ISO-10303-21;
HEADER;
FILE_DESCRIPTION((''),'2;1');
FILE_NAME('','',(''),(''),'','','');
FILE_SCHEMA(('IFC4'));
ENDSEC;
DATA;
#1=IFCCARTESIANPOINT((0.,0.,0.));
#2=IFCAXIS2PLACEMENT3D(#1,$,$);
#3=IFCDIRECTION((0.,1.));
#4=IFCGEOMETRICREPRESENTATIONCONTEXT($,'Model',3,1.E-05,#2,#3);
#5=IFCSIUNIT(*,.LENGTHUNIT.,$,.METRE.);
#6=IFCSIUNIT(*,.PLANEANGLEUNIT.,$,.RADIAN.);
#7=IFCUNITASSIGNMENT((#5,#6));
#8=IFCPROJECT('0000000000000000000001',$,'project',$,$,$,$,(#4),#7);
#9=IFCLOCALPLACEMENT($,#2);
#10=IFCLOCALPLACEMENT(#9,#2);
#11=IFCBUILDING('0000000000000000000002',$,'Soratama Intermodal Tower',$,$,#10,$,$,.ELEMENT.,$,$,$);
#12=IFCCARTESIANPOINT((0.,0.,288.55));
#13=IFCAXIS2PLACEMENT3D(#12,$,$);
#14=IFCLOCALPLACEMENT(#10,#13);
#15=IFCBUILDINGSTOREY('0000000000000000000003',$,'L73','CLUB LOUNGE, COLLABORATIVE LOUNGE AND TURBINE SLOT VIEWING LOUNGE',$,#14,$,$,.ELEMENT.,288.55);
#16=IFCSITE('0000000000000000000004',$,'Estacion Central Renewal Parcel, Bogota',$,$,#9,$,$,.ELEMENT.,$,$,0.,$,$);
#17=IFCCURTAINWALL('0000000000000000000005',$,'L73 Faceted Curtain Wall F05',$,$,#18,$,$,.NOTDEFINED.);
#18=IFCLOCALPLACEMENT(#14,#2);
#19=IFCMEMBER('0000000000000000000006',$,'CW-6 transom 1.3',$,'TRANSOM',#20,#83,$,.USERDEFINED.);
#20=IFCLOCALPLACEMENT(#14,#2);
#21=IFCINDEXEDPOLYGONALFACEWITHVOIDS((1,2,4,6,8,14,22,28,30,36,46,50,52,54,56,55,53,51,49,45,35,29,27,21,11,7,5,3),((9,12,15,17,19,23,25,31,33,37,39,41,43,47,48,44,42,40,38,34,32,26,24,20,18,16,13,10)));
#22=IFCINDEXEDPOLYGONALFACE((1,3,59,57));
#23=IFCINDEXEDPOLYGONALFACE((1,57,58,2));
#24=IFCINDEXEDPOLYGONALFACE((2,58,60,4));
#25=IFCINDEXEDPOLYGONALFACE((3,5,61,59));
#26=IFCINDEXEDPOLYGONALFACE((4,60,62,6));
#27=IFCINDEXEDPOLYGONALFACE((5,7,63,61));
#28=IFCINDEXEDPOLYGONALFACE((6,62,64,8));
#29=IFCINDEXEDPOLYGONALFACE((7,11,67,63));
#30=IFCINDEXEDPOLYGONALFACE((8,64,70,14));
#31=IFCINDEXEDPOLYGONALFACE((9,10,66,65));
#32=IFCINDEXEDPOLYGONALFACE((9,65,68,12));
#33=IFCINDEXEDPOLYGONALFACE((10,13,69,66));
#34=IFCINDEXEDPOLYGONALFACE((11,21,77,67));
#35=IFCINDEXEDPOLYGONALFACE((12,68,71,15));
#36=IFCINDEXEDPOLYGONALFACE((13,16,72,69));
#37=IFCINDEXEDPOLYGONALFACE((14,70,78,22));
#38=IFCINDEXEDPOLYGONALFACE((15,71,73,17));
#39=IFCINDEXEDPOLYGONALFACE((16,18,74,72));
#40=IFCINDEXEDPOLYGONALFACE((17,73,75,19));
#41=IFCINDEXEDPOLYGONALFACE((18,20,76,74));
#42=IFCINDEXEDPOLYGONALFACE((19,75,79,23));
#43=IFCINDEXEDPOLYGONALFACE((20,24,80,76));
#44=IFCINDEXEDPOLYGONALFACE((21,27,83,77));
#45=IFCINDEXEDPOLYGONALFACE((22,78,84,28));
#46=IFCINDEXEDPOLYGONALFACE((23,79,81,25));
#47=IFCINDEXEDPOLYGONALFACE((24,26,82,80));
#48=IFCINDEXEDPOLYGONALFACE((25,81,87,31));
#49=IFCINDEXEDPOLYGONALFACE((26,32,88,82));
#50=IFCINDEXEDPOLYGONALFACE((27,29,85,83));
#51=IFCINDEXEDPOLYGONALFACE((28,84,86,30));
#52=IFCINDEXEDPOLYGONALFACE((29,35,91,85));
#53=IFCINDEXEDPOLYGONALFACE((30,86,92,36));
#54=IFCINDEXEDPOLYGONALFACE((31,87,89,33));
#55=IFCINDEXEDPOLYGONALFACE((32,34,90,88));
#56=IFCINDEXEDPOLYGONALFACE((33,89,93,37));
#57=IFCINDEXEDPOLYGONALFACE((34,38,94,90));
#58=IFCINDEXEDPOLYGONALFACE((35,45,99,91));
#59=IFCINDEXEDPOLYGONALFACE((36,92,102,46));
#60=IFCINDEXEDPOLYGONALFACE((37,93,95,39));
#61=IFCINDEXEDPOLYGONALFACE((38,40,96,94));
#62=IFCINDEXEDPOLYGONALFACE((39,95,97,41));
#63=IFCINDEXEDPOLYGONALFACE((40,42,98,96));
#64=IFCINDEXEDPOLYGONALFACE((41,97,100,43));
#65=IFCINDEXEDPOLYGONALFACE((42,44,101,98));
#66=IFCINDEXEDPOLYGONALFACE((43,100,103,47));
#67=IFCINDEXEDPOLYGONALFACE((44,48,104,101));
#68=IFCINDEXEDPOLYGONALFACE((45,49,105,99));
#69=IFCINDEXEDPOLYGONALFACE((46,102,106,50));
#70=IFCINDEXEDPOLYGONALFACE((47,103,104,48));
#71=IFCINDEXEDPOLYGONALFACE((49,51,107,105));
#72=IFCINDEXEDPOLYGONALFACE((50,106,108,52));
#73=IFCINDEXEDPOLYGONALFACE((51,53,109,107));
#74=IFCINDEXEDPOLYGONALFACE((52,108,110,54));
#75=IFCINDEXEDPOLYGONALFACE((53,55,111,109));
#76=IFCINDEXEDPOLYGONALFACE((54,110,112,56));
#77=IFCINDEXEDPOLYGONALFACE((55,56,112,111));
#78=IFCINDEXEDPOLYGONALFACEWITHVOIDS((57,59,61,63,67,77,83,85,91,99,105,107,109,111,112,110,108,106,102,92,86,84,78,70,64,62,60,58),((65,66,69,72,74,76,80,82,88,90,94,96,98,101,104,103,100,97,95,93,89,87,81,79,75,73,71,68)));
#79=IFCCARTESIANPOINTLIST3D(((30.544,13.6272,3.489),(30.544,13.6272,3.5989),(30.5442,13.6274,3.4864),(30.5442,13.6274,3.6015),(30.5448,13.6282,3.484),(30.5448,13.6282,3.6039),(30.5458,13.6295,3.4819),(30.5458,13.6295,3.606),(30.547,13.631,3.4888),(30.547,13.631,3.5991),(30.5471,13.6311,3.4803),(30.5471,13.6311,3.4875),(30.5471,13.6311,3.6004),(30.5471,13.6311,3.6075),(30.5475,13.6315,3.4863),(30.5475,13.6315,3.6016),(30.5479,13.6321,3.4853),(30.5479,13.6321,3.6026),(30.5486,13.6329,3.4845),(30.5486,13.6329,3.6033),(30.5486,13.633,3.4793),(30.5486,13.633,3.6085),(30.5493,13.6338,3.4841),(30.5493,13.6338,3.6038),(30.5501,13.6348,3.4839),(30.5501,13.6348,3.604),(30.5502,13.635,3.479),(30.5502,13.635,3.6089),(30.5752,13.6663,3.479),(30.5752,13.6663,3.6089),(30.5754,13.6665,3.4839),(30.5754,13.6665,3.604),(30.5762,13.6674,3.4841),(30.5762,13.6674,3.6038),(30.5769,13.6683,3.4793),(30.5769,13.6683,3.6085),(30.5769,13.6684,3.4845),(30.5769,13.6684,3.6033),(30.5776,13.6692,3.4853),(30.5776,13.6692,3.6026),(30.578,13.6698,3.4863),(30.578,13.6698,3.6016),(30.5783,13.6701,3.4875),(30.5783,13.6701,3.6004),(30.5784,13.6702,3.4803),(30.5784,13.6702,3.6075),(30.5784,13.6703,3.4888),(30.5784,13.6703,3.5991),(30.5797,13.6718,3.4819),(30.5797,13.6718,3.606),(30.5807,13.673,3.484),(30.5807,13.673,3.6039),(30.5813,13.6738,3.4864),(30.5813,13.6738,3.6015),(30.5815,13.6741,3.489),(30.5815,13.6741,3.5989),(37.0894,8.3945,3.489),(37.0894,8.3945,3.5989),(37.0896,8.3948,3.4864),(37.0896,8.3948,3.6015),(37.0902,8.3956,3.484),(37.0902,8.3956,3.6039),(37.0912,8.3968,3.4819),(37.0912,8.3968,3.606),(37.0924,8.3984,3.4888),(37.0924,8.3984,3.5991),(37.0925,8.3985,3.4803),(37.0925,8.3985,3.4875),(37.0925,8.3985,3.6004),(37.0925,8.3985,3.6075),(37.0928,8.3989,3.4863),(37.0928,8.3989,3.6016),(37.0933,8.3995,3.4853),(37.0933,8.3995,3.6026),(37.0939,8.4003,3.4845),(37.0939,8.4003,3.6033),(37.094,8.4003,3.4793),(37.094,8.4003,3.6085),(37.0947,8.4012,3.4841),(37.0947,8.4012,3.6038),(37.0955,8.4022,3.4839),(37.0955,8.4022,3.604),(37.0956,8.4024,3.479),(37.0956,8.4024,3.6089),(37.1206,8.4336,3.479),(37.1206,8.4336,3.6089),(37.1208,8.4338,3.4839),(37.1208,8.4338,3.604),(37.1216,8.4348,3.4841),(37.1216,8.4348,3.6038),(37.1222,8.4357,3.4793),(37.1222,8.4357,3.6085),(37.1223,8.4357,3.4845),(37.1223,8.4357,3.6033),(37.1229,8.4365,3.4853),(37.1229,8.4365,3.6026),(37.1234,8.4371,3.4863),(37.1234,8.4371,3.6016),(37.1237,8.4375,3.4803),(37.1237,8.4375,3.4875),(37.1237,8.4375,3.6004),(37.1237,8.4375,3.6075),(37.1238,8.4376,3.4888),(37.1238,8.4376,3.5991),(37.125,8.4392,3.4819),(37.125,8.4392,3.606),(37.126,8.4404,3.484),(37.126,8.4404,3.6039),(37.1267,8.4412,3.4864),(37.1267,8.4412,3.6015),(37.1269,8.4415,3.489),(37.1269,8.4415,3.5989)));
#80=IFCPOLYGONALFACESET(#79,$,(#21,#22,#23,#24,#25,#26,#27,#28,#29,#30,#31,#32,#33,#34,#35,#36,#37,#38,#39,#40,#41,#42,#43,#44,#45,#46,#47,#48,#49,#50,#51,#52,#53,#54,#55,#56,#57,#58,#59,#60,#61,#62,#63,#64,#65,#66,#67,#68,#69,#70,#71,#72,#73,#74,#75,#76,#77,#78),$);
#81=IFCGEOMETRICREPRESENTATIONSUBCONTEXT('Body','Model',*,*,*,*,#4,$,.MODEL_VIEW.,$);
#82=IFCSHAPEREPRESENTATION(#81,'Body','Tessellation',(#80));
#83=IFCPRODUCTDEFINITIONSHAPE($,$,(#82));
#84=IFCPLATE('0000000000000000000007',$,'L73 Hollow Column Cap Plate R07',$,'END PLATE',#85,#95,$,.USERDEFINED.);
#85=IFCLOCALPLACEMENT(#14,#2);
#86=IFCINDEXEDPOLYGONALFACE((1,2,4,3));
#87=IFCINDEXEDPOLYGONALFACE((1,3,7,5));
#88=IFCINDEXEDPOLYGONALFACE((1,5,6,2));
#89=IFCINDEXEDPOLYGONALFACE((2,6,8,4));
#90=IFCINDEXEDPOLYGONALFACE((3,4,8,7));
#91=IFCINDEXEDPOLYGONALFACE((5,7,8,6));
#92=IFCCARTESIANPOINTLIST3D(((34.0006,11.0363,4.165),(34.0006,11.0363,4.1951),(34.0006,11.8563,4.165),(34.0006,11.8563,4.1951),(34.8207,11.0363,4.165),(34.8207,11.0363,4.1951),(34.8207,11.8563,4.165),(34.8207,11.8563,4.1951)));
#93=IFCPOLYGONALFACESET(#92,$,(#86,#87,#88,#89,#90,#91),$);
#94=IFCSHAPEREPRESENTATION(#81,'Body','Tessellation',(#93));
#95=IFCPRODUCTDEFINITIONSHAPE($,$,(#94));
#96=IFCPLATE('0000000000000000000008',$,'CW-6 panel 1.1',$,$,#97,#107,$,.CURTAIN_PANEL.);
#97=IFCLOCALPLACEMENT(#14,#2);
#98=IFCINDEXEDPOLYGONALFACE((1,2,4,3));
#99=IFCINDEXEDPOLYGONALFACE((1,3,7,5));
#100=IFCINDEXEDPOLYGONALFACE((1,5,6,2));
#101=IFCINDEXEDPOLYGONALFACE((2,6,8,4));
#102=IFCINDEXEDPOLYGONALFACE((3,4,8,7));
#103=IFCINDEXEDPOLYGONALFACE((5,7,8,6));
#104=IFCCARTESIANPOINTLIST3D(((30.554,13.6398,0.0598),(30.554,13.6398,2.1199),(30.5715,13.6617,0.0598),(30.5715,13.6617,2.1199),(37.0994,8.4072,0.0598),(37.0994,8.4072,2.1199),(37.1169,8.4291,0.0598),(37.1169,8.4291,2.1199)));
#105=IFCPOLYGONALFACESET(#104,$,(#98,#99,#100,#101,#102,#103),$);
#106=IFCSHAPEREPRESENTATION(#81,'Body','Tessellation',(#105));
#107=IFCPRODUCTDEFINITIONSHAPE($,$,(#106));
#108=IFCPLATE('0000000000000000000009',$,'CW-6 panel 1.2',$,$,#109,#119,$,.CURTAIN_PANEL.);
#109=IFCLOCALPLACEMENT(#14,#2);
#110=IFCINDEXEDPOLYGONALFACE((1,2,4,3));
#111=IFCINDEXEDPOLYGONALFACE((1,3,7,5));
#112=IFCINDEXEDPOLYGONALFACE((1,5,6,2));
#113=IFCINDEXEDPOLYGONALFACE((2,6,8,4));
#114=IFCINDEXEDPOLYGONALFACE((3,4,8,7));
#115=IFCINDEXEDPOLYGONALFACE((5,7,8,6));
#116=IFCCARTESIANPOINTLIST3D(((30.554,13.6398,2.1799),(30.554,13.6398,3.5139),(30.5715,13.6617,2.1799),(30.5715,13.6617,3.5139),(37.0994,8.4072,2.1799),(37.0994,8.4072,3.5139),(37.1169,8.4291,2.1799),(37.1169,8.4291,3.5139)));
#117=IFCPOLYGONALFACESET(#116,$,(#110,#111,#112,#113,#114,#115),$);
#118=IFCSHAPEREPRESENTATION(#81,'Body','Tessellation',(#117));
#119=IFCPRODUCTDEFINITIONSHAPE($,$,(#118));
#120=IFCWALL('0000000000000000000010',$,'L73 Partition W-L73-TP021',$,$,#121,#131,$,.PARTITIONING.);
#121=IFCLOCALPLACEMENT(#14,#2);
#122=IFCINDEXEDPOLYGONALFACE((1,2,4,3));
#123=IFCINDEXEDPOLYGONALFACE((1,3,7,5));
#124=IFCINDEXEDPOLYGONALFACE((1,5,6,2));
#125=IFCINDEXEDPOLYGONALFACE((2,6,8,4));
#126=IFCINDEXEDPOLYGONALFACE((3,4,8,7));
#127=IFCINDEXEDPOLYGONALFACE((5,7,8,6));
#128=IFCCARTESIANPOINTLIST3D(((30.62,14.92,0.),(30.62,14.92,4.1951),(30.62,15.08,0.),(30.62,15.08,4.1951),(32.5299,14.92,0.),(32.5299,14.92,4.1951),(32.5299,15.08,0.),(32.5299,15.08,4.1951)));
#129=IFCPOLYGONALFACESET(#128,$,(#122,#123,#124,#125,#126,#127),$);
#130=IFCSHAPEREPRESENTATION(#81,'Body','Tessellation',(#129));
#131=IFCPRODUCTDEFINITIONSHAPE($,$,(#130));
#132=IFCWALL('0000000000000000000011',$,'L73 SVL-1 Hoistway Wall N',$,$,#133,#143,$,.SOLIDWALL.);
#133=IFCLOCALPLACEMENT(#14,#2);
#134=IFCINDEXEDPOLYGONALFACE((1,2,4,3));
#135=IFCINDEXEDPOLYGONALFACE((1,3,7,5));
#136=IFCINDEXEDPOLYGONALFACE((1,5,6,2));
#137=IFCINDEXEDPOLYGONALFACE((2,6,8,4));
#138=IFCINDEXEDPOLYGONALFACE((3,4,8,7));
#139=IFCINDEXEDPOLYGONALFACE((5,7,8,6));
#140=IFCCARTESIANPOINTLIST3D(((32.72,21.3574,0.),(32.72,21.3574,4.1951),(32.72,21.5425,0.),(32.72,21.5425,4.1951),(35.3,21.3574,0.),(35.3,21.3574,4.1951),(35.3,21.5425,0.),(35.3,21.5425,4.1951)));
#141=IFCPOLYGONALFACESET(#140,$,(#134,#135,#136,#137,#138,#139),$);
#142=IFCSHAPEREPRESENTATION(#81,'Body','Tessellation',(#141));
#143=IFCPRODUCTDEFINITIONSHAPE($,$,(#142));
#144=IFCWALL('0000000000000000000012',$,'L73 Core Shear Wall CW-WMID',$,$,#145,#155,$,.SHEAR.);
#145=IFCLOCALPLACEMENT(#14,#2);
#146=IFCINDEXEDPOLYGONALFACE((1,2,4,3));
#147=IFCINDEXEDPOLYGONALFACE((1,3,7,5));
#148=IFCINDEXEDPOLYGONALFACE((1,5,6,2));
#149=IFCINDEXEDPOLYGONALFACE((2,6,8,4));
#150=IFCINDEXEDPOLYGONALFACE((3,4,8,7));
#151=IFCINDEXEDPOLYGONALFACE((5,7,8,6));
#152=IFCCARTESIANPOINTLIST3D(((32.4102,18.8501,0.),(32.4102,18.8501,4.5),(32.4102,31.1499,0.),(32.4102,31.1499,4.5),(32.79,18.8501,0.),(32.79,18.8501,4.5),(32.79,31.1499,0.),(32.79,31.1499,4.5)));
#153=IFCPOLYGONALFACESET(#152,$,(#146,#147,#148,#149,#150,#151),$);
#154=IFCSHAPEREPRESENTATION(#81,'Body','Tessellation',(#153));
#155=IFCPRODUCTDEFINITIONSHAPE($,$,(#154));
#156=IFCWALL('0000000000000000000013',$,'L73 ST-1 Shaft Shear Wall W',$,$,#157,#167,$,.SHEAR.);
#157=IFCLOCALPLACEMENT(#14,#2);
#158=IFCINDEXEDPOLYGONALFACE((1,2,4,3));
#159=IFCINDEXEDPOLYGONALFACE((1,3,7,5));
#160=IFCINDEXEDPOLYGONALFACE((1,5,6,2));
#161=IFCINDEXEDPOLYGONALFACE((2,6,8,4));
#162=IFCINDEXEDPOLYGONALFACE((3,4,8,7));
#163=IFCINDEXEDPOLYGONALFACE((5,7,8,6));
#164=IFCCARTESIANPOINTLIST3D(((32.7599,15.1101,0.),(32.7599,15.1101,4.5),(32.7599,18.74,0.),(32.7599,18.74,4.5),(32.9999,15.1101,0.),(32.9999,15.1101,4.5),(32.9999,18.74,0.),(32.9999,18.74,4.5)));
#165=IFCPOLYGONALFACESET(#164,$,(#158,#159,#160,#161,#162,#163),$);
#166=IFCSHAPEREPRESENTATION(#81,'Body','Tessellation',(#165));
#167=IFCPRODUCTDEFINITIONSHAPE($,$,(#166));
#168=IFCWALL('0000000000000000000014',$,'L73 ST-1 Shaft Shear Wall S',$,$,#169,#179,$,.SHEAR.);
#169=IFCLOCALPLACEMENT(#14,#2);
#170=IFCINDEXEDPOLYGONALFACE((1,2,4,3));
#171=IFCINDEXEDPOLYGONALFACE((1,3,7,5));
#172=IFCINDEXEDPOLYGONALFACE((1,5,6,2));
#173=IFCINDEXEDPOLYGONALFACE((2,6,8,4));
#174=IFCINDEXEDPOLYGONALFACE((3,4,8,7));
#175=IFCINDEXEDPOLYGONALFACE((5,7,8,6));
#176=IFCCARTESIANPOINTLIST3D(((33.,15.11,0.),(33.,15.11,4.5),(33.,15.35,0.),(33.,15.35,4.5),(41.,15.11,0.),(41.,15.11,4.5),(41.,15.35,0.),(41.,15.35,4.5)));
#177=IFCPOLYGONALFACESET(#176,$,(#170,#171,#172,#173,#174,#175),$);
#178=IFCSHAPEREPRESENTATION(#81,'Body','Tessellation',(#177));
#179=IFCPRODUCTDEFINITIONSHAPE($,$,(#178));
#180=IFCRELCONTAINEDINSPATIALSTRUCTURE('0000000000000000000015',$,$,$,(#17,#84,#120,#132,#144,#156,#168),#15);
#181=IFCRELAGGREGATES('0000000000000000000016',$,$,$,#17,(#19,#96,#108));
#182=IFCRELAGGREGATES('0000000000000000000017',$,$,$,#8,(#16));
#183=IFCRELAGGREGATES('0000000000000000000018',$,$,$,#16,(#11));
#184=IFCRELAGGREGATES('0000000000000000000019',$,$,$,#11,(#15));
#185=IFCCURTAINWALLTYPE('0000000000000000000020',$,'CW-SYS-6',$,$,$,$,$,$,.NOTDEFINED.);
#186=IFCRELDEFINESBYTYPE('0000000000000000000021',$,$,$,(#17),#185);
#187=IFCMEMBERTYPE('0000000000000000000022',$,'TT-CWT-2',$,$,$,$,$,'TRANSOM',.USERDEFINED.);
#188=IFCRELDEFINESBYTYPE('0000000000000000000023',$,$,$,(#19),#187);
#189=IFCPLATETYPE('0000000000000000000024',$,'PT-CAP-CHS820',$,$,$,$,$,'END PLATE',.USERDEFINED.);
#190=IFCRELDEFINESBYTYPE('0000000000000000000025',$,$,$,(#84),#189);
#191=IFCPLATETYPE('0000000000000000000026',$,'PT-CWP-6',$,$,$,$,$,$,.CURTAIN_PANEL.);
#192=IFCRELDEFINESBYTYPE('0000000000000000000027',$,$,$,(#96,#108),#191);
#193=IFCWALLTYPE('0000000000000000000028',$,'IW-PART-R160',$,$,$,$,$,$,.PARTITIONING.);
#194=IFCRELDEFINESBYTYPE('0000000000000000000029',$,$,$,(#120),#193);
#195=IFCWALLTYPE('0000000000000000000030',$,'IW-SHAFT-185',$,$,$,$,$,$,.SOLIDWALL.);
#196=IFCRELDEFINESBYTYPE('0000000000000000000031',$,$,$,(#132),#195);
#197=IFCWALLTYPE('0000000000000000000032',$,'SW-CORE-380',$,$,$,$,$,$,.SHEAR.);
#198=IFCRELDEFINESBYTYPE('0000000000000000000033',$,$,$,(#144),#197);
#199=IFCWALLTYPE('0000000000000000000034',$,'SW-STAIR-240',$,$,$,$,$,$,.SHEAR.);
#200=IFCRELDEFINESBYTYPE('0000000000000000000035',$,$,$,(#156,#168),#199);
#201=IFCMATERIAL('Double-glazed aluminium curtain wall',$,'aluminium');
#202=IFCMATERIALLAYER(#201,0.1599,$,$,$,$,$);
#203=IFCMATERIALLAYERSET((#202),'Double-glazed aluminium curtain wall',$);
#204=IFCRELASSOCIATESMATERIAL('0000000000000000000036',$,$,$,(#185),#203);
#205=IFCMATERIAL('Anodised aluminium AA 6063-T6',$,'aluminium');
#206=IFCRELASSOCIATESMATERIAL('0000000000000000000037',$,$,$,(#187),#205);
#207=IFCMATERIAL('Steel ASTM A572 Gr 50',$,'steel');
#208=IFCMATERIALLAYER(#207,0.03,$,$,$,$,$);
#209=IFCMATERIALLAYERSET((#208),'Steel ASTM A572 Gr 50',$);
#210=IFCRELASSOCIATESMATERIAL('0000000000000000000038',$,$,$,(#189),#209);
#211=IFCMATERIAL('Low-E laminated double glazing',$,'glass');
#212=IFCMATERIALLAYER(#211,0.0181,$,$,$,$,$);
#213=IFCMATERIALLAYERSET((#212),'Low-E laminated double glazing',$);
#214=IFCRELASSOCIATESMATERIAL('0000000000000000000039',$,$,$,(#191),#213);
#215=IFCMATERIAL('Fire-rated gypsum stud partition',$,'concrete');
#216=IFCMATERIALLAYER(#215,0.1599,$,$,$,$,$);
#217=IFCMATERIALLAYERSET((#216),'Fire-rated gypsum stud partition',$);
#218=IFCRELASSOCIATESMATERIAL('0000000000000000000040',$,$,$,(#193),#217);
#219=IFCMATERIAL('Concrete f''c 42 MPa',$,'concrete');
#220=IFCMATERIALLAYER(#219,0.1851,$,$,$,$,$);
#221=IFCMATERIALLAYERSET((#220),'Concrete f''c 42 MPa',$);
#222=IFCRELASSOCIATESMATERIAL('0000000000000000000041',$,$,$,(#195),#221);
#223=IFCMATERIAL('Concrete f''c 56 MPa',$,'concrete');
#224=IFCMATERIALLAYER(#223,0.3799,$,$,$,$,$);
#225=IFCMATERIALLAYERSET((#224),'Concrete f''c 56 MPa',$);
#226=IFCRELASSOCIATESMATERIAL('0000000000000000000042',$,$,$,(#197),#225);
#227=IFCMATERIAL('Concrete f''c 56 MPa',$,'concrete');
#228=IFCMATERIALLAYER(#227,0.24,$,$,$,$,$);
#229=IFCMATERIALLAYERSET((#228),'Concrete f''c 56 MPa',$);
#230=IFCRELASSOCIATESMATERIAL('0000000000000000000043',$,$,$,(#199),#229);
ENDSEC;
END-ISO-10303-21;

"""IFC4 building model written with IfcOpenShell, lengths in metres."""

from ifc_helpers import new_model, si_unit, direction, frame, frame_2d, origin, origin_2d, place, context, subcontext, project, spatial, rectangle, hollow_rectangle, extrude, material, layer, layer_set, material_profile, profile_set, type_object, element, aggregate, save


model = new_model("IFC4")

# Units and contexts
model_context = context("Model", 3, precision=1e-05, world=origin(), true_north=direction((0.0, 1.0)))
body_context = subcontext(model_context, "Body", "Model", "MODEL_VIEW")
ifc_project = project(units=[si_unit("LENGTHUNIT", "METRE"), si_unit("PLANEANGLEUNIT", "RADIAN")], contexts=[model_context])

# Site, building, storey
site_placement = place(None, origin())
site = spatial("IfcSite", under=ifc_project, at=site_placement, Name="Estacion Central Renewal Parcel, Bogota", CompositionType="ELEMENT", RefElevation=0.0)
building_placement = place(site_placement, origin())
building = spatial("IfcBuilding", under=site, at=building_placement, Name="Soratama Intermodal Tower", CompositionType="ELEMENT")
storey_placement = place(building_placement, frame((0.0, 0.0, 288.55)))
storey = spatial("IfcBuildingStorey", under=building, at=storey_placement, Name="L73", Description="CLUB LOUNGE, COLLABORATIVE LOUNGE AND TURBINE SLOT VIEWING LOUNGE", CompositionType="ELEMENT", Elevation=288.55)

# Curtain wall, member
ifc_material_1 = material(Name="Double-glazed aluminium curtain wall", Category="aluminium")
ifc_layer_1 = layer(ifc_material_1, 0.1599)
ifc_layer_set_1 = layer_set([ifc_layer_1], Name="Double-glazed aluminium curtain wall")
curtain_wall_type = type_object("IfcCurtainWallType", Name="CW-SYS-6", PredefinedType="NOTDEFINED", material=ifc_layer_set_1)
curtain_wall_placement = place(storey_placement, origin())
curtain_wall = element("IfcCurtainWall", 1, at=curtain_wall_placement, inside=storey, type_object=curtain_wall_type, Name="L73 Faceted Curtain Wall F05", PredefinedType="NOTDEFINED")
ifc_material_2 = material(Name="Anodised aluminium AA 6063-T6", Category="aluminium")
ifc_material_profile_1 = material_profile(ifc_material_2, hollow_rectangle(XDim=0.0601, YDim=0.1299, WallThickness=0.0049, InnerFilletRadius=0.0049, OuterFilletRadius=0.01, at=origin_2d()), Name="CWT130X60X5")
ifc_profile_set_1 = profile_set([ifc_material_profile_1], Name="Anodised aluminium AA 6063-T6")
member_type = type_object("IfcMemberType", Name="TT-CWT-2", ElementType="TRANSOM", PredefinedType="USERDEFINED", material=ifc_profile_set_1)
member_1_placement = place(storey_placement, frame((30.5627, 13.6506, 3.5439), z_axis=(0.781082, -0.624429, 0.0), x_axis=(0.624429, 0.781082, 0.0)))
member_1 = element("IfcMember", 2, at=member_1_placement, type_object=member_type, Name="CW-6 transom 1.3", ObjectType="TRANSOM", PredefinedType="USERDEFINED", context=body_context, shape_type="SweptSolid", body=[
    extrude(hollow_rectangle(XDim=0.0601, YDim=0.1299, WallThickness=0.0049, InnerFilletRadius=0.0049, OuterFilletRadius=0.01, at=origin_2d()), origin(), (0.0, 0.0, 1.0), 8.3799),
])

# Plates
ifc_material_3 = material(Name="Steel ASTM A572 Gr 50", Category="steel")
ifc_layer_2 = layer(ifc_material_3, 0.03)
ifc_layer_set_2 = layer_set([ifc_layer_2], Name="Steel ASTM A572 Gr 50")
plate_type_1 = type_object("IfcPlateType", Name="PT-CAP-CHS820", ElementType="END PLATE", PredefinedType="USERDEFINED", material=ifc_layer_set_2)
plate_1_placement = place(storey_placement, frame((34.4106, 11.4463, 4.165), z_axis=(0.0, 0.0, 1.0), x_axis=(1.0, 0.0, 0.0)))
element("IfcPlate", 3, at=plate_1_placement, inside=storey, type_object=plate_type_1, Name="L73 Hollow Column Cap Plate R07", ObjectType="END PLATE", PredefinedType="USERDEFINED", context=body_context, shape_type="SweptSolid", body=[
    extrude(rectangle(XDim=0.8201, YDim=0.8201, at=origin_2d()), origin(), (0.0, 0.0, 1.0), 0.03),
])
ifc_material_4 = material(Name="Low-E laminated double glazing", Category="glass")
ifc_layer_3 = layer(ifc_material_4, 0.0181)
ifc_layer_set_3 = layer_set([ifc_layer_3], Name="Low-E laminated double glazing")
plate_type_2 = type_object("IfcPlateType", Name="PT-CWP-6", PredefinedType="CURTAIN_PANEL", material=ifc_layer_set_3)
plate_2_placement = place(storey_placement, frame((33.8354, 11.0344, 0.0598), z_axis=(0.0, 0.0, 1.0), x_axis=(0.781086, -0.624424, 0.0)))
plate_2 = element("IfcPlate", 4, at=plate_2_placement, type_object=plate_type_2, Name="CW-6 panel 1.1", PredefinedType="CURTAIN_PANEL", context=body_context, shape_type="SweptSolid", body=[
    extrude(rectangle(XDim=8.3799, YDim=0.0281, at=origin_2d()), origin(), (0.0, 0.0, 1.0), 2.0601),
])
plate_3_placement = place(storey_placement, frame((33.8354, 11.0344, 2.1799), z_axis=(0.0, 0.0, 1.0), x_axis=(0.781086, -0.624424, 0.0)))
plate_3 = element("IfcPlate", 5, at=plate_3_placement, type_object=plate_type_2, Name="CW-6 panel 1.2", PredefinedType="CURTAIN_PANEL", context=body_context, shape_type="SweptSolid", body=[
    extrude(rectangle(XDim=8.3799, YDim=0.0281, at=origin_2d()), origin(), (0.0, 0.0, 1.0), 1.334),
])
aggregate(curtain_wall, [member_1, plate_2, plate_3])

# Walls
ifc_material_5 = material(Name="Fire-rated gypsum stud partition", Category="concrete")
ifc_layer_4 = layer(ifc_material_5, 0.1599)
ifc_layer_set_4 = layer_set([ifc_layer_4], Name="Fire-rated gypsum stud partition")
wall_type_1 = type_object("IfcWallType", Name="IW-PART-R160", PredefinedType="PARTITIONING", material=ifc_layer_set_4)
wall_1_placement = place(storey_placement, frame((32.53, 15.0, 0.0), z_axis=(0.0, 0.0, 1.0), x_axis=(-1.0, 0.0, 0.0)))
element("IfcWall", 6, at=wall_1_placement, inside=storey, type_object=wall_type_1, Name="L73 Partition W-L73-TP021", PredefinedType="PARTITIONING", context=body_context, shape_type="SweptSolid", body=[
    extrude(rectangle(XDim=1.9099, YDim=0.1599, at=frame_2d((0.9551, 0.0))), origin(), (0.0, 0.0, 1.0), 4.1951),
])
ifc_material_6 = material(Name="Concrete f'c 42 MPa", Category="concrete")
ifc_layer_5 = layer(ifc_material_6, 0.1851)
ifc_layer_set_5 = layer_set([ifc_layer_5], Name="Concrete f'c 42 MPa")
wall_type_2 = type_object("IfcWallType", Name="IW-SHAFT-185", PredefinedType="SOLIDWALL", material=ifc_layer_set_5)
wall_2_placement = place(storey_placement, frame((32.72, 21.45, 0.0), z_axis=(0.0, 0.0, 1.0), x_axis=(1.0, 0.0, 0.0)))
element("IfcWall", 7, at=wall_2_placement, inside=storey, type_object=wall_type_2, Name="L73 SVL-1 Hoistway Wall N", PredefinedType="SOLIDWALL", context=body_context, shape_type="SweptSolid", body=[
    extrude(rectangle(XDim=2.5801, YDim=0.1851, at=frame_2d((1.29, 0.0))), origin(), (0.0, 0.0, 1.0), 4.1951),
])
ifc_material_7 = material(Name="Concrete f'c 56 MPa", Category="concrete")
ifc_layer_6 = layer(ifc_material_7, 0.3799)
ifc_layer_set_6 = layer_set([ifc_layer_6], Name="Concrete f'c 56 MPa")
wall_type_3 = type_object("IfcWallType", Name="SW-CORE-380", PredefinedType="SHEAR", material=ifc_layer_set_6)
wall_3_placement = place(storey_placement, frame((32.6001, 18.8501, 0.0), z_axis=(0.0, 0.0, 1.0), x_axis=(0.0, 1.0, 0.0)))
element("IfcWall", 8, at=wall_3_placement, inside=storey, type_object=wall_type_3, Name="L73 Core Shear Wall CW-WMID", PredefinedType="SHEAR", context=body_context, shape_type="SweptSolid", body=[
    extrude(rectangle(XDim=12.2998, YDim=0.3799, at=frame_2d((6.1499, 0.0))), origin(), (0.0, 0.0, 1.0), 4.5),
])
ifc_material_8 = material(Name="Concrete f'c 56 MPa", Category="concrete")
ifc_layer_7 = layer(ifc_material_8, 0.24)
ifc_layer_set_7 = layer_set([ifc_layer_7], Name="Concrete f'c 56 MPa")
wall_type_4 = type_object("IfcWallType", Name="SW-STAIR-240", PredefinedType="SHEAR", material=ifc_layer_set_7)
wall_4_placement = place(storey_placement, frame((32.8799, 15.1101, 0.0), z_axis=(0.0, 0.0, 1.0), x_axis=(0.0, 1.0, 0.0)))
element("IfcWall", 9, at=wall_4_placement, inside=storey, type_object=wall_type_4, Name="L73 ST-1 Shaft Shear Wall W", PredefinedType="SHEAR", context=body_context, shape_type="SweptSolid", body=[
    extrude(rectangle(XDim=3.6299, YDim=0.24, at=frame_2d((1.8149, 0.0))), origin(), (0.0, 0.0, 1.0), 4.5),
])
for number, where, z_axis, x_axis, name in (
    (10, (33.0, 15.23, 0.0), (0.0, 0.0, 1.0), (1.0, 0.0, 0.0), "L73 ST-1 Shaft Shear Wall S"),
):
    element("IfcWall", number, at=place(storey_placement, frame(where, z_axis=z_axis, x_axis=x_axis)), inside=storey, type_object=wall_type_4, Name=name, PredefinedType="SHEAR", context=body_context, shape_type="SweptSolid", body=[
        extrude(rectangle(XDim=8.0, YDim=0.24, at=frame_2d((4.0, 0.0))), origin(), (0.0, 0.0, 1.0), 4.5),
    ])

save(model, "model.ifc")
